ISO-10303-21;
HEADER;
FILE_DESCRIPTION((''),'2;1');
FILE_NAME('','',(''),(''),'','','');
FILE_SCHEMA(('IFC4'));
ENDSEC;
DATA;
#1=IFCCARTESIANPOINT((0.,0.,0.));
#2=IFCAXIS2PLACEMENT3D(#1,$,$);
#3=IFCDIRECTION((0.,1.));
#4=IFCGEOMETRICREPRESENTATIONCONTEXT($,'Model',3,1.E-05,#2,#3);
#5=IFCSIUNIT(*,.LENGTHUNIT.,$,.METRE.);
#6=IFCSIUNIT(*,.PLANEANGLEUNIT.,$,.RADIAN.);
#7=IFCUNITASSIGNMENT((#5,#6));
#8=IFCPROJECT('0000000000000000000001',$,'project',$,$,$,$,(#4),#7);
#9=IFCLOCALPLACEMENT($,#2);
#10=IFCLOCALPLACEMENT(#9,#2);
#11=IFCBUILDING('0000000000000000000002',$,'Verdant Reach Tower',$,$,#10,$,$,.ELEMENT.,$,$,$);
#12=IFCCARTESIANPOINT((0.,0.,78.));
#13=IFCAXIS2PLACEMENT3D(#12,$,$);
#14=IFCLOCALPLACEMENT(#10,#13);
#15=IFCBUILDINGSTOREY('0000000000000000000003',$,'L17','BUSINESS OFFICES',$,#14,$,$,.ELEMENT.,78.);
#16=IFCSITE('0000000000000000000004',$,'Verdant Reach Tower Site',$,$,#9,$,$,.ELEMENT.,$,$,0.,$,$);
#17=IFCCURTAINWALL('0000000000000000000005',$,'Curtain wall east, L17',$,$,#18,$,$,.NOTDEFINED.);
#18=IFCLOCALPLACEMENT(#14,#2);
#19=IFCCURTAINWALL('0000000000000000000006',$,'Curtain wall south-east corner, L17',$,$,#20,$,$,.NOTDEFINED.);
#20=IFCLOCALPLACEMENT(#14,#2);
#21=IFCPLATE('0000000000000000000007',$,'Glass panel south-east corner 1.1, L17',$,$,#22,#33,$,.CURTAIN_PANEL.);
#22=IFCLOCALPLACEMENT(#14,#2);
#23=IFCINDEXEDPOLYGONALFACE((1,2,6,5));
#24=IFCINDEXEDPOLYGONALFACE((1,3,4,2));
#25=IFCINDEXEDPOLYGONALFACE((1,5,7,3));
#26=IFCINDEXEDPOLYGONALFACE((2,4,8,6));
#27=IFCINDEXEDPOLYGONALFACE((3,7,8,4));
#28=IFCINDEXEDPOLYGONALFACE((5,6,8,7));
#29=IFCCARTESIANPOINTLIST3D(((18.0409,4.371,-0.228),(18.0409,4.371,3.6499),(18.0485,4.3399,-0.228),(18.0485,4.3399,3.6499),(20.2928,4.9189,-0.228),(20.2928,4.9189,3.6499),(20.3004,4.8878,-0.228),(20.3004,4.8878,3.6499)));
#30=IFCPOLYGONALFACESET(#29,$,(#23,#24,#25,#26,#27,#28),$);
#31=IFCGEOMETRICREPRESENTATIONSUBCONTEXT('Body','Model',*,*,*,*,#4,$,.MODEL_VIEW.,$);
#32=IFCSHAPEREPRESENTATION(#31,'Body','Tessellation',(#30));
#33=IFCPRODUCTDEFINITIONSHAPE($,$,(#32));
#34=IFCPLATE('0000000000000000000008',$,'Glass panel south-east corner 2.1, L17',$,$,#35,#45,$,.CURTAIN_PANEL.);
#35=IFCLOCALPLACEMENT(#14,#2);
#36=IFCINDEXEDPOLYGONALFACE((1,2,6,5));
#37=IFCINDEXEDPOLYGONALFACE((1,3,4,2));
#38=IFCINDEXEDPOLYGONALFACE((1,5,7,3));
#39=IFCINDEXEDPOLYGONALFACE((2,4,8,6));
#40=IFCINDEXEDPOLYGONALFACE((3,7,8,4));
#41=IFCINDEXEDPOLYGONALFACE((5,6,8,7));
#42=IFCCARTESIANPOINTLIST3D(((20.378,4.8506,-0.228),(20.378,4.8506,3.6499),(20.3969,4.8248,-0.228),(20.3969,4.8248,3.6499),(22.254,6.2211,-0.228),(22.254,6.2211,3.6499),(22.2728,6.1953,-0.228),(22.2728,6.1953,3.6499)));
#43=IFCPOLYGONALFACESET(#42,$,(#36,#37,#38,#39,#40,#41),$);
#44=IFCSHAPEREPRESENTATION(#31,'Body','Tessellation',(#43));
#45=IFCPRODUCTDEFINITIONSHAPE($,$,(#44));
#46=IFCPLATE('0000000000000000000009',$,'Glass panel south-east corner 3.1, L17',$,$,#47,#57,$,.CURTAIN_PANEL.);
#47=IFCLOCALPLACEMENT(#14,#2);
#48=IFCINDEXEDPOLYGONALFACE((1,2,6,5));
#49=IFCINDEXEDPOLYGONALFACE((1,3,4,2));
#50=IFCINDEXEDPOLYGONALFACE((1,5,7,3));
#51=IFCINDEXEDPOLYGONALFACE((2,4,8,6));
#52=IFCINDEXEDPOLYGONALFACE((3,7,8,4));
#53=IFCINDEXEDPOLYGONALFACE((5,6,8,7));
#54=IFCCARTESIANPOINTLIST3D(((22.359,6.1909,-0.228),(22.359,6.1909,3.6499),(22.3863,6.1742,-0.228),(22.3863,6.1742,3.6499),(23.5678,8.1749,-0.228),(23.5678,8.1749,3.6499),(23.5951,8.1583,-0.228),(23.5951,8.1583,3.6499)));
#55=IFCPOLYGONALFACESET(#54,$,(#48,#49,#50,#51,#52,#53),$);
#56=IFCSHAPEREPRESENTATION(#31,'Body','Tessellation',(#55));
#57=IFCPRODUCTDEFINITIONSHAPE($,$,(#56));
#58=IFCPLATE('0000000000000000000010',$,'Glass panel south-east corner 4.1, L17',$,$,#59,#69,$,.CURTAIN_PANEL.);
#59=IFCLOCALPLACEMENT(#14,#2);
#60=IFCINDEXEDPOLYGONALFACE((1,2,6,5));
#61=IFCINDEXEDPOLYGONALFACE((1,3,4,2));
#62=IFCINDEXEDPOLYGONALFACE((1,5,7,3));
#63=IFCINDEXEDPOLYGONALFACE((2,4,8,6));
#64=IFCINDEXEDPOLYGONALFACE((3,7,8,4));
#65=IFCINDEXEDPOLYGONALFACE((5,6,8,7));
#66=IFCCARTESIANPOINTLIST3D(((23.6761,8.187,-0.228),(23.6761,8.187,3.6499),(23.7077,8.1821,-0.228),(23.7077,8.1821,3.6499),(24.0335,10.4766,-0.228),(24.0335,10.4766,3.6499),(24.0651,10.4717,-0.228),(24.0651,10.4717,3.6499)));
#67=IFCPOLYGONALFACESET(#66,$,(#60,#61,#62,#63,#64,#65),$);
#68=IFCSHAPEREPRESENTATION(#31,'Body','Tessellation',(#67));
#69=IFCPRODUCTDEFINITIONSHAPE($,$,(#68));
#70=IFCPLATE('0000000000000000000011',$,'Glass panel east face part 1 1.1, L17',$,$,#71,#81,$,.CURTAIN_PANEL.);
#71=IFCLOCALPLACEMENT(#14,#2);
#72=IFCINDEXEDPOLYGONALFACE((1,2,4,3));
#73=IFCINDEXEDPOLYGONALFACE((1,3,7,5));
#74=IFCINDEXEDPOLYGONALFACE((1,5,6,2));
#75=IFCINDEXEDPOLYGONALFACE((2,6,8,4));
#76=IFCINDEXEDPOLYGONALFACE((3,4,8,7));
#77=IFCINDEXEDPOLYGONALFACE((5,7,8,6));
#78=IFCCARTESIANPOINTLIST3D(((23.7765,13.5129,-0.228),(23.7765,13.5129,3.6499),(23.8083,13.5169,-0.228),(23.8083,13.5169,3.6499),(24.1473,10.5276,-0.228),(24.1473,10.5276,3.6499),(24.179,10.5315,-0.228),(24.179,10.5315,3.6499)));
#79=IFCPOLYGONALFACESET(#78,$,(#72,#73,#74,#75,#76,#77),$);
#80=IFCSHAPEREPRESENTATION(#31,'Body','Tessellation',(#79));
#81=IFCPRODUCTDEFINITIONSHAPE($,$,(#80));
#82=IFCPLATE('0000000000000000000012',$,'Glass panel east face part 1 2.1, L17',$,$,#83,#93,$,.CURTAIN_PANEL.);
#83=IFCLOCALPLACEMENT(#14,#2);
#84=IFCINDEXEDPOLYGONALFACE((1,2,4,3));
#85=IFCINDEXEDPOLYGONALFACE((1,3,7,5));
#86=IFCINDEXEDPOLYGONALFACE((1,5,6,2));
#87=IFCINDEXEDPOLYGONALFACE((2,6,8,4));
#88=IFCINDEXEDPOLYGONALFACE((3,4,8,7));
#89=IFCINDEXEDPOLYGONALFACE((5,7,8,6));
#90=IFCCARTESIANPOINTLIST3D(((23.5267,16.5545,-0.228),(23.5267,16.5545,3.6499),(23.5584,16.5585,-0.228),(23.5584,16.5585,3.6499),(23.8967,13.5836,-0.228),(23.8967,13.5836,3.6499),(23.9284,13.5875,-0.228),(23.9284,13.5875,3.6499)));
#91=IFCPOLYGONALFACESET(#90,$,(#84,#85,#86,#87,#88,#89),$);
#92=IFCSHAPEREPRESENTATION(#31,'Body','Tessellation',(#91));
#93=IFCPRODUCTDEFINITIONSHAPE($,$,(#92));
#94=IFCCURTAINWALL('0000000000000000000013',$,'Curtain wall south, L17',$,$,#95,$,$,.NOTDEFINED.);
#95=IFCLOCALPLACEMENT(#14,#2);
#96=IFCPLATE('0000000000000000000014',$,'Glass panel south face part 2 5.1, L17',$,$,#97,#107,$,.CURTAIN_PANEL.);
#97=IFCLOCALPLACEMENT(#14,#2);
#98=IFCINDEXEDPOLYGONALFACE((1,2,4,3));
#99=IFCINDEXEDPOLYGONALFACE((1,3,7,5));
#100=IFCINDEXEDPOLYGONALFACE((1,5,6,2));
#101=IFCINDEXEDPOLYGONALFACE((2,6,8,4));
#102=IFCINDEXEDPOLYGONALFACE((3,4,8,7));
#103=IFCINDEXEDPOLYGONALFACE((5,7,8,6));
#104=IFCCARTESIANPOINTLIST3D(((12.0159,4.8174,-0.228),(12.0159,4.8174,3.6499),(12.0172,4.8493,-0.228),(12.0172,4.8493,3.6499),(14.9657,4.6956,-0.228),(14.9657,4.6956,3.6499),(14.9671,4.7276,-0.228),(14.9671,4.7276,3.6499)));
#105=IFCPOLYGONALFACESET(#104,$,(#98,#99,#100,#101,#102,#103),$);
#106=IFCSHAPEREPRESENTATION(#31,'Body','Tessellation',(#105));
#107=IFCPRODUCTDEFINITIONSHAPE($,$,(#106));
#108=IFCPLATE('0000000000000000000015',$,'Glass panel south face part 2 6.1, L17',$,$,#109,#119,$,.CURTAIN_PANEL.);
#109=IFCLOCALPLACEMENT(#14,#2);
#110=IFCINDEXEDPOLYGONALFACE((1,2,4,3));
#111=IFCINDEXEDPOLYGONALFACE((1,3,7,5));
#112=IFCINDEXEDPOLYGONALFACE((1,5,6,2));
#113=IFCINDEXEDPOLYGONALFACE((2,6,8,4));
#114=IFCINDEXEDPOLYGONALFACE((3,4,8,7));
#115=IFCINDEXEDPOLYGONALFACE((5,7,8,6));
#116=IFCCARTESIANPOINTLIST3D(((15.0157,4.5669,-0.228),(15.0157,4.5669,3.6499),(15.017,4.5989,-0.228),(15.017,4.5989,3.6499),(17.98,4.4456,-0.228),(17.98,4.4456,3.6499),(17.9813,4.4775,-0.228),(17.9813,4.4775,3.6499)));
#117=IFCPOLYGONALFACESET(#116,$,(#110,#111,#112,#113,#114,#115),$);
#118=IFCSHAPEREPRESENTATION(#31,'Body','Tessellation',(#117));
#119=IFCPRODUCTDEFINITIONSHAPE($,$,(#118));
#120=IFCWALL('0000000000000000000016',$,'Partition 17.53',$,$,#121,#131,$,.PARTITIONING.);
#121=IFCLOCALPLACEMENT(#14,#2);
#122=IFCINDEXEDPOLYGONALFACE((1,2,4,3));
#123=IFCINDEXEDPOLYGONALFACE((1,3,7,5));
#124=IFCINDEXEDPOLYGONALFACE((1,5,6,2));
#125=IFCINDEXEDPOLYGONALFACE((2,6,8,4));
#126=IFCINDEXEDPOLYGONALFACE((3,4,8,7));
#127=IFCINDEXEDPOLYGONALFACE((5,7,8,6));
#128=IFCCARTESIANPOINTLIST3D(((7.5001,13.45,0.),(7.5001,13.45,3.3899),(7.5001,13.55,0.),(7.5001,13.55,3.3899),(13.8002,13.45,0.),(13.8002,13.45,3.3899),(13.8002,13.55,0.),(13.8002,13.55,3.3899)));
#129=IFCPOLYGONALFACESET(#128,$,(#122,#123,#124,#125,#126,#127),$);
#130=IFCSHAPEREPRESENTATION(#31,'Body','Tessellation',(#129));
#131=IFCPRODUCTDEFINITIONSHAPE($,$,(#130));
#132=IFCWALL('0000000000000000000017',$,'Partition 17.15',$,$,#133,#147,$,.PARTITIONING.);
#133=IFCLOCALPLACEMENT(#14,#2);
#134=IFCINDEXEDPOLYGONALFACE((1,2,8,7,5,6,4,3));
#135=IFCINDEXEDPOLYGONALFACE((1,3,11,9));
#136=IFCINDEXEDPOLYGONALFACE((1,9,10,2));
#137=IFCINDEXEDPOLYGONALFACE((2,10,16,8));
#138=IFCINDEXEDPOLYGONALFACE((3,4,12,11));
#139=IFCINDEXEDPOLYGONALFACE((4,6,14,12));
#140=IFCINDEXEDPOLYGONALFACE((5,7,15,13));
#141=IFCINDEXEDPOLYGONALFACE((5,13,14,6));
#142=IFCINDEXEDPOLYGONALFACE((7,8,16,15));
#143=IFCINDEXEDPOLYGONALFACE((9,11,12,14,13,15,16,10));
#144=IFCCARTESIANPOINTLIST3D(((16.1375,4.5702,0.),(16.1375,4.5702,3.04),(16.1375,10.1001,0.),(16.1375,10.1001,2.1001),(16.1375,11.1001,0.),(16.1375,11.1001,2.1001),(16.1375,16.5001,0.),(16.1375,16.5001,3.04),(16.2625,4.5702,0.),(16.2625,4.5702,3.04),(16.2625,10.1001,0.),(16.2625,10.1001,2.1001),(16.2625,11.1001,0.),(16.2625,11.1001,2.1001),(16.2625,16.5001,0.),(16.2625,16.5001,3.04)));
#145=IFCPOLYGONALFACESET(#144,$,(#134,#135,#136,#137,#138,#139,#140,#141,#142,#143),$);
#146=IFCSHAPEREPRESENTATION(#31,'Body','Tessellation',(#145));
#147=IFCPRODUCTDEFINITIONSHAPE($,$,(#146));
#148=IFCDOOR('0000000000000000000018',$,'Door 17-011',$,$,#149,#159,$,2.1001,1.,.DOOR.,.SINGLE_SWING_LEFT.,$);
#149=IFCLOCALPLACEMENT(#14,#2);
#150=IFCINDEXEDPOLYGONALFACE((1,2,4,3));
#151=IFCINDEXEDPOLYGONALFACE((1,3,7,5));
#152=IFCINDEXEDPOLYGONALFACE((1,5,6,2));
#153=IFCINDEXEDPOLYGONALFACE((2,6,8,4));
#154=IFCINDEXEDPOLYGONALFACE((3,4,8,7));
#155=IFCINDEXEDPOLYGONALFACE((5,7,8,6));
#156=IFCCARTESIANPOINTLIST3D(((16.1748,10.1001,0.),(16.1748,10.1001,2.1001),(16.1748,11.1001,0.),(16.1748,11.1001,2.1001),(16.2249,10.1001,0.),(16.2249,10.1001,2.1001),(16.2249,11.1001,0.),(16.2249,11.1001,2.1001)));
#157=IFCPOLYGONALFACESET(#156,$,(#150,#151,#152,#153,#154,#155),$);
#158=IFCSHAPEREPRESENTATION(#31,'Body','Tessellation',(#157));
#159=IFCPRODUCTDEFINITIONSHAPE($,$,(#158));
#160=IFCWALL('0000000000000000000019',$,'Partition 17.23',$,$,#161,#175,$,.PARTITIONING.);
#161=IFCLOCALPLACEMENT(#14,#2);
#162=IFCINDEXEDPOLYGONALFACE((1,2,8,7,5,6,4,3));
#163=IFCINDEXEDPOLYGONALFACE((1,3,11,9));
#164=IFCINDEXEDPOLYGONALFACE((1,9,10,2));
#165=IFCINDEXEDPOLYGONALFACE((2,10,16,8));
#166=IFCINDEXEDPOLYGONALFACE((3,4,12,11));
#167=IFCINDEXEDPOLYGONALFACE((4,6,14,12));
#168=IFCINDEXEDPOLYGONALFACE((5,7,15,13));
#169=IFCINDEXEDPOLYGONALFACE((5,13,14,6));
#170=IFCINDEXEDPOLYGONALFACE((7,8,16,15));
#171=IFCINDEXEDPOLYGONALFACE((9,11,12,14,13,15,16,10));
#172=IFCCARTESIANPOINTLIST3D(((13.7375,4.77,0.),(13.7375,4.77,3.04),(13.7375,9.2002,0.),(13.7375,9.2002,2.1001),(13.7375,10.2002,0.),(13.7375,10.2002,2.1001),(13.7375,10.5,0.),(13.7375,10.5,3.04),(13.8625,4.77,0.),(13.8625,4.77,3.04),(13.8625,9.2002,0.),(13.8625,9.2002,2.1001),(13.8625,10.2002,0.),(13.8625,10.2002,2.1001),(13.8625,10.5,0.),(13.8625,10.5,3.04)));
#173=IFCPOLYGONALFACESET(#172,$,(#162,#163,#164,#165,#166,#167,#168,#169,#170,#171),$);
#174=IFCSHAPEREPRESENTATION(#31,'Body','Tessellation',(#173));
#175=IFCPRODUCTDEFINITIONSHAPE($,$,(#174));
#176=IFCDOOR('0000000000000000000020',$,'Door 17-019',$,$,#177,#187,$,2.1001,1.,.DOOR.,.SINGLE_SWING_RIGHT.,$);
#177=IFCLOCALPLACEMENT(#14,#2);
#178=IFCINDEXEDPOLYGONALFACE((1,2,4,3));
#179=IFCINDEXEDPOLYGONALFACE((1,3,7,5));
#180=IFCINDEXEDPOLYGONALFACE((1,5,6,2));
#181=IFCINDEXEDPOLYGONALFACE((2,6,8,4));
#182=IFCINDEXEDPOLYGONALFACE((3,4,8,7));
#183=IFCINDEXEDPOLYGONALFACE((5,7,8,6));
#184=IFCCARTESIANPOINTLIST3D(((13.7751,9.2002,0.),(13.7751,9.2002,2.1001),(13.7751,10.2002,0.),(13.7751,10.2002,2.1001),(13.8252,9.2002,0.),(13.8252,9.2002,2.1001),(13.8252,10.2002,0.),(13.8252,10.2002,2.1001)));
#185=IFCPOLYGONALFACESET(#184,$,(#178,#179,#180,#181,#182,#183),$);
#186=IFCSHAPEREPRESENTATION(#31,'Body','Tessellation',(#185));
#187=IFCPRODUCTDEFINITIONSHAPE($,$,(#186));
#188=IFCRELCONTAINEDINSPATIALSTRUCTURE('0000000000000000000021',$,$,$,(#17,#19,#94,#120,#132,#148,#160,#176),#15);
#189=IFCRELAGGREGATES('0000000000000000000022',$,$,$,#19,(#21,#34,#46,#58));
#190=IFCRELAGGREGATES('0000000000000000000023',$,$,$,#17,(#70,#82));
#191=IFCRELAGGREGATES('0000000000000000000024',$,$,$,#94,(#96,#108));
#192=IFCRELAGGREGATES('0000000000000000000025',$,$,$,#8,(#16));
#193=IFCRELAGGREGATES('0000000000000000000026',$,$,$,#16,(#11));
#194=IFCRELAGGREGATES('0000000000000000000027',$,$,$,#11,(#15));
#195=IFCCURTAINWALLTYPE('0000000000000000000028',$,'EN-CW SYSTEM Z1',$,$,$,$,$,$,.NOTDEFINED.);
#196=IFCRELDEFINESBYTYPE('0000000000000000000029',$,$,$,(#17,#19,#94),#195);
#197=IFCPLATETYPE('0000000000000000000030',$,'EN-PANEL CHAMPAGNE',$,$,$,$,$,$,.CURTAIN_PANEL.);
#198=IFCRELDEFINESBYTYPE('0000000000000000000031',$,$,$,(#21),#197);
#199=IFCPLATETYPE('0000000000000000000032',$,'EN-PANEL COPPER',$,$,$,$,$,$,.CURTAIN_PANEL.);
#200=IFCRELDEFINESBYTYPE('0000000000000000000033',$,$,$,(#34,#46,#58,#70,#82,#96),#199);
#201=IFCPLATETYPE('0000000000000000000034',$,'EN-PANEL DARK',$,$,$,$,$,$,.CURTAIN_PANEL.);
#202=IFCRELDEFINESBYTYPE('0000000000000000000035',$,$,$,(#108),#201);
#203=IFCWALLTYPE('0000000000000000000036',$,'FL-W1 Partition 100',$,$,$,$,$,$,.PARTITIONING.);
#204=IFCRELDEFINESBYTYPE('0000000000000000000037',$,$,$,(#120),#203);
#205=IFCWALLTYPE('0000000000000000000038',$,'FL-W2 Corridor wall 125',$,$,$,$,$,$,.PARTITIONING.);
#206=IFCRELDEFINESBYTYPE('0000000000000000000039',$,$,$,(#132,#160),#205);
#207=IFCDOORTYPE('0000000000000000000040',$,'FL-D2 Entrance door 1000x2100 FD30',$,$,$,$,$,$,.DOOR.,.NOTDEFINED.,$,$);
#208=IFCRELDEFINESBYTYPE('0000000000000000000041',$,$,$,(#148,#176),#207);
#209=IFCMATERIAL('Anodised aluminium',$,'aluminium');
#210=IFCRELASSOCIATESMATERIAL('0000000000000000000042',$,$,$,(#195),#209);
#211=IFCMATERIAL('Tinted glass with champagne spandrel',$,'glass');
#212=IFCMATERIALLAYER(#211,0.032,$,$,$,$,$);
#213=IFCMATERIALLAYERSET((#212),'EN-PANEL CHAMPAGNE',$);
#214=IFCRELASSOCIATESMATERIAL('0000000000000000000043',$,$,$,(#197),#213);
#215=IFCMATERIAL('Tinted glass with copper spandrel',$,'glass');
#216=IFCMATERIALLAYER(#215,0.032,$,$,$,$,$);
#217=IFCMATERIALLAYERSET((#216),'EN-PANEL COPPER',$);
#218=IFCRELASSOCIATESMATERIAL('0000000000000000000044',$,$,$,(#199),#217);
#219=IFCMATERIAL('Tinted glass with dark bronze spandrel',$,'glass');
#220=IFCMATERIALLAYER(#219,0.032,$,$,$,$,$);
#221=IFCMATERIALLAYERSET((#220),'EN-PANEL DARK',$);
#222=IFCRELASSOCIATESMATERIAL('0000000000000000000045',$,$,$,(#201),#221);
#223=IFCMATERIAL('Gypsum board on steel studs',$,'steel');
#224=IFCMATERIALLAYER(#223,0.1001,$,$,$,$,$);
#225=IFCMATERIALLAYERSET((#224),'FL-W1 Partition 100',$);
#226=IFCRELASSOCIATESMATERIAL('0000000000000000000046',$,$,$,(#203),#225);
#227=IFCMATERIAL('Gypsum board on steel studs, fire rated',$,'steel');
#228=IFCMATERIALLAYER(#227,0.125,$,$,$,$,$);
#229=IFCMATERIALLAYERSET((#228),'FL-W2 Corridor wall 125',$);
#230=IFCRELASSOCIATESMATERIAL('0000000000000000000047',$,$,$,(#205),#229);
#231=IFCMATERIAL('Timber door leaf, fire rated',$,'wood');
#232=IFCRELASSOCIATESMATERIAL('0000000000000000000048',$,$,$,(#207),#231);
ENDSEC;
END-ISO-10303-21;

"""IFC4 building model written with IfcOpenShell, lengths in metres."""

from ifc_helpers import new_model, si_unit, direction, frame, frame_2d, origin, origin_2d, place, context, subcontext, project, spatial, rectangle, extrude, material, layer, layer_set, type_object, element, fill, aggregate, save


model = new_model("IFC4")

# Units and contexts
model_context = context("Model", 3, precision=1e-05, world=origin(), true_north=direction((0.0, 1.0)))
body_context = subcontext(model_context, "Body", "Model", "MODEL_VIEW")
ifc_project = project(units=[si_unit("LENGTHUNIT", "METRE"), si_unit("PLANEANGLEUNIT", "RADIAN")], contexts=[model_context])

# Site, building, storey
site_placement = place(None, origin())
site = spatial("IfcSite", under=ifc_project, at=site_placement, Name="Verdant Reach Tower Site", CompositionType="ELEMENT", RefElevation=0.0)
building_placement = place(site_placement, origin())
building = spatial("IfcBuilding", under=site, at=building_placement, Name="Verdant Reach Tower", CompositionType="ELEMENT")
storey_placement = place(building_placement, frame((0.0, 0.0, 78.0)))
storey = spatial("IfcBuildingStorey", under=building, at=storey_placement, Name="L17", Description="BUSINESS OFFICES", CompositionType="ELEMENT", Elevation=78.0)

# Curtain wall
ifc_material_1 = material(Name="Anodised aluminium", Category="aluminium")
curtain_wall_type = type_object("IfcCurtainWallType", Name="EN-CW SYSTEM Z1", PredefinedType="NOTDEFINED", material=ifc_material_1)
curtain_wall_1_placement = place(storey_placement, origin())
curtain_wall_1 = element("IfcCurtainWall", 1, at=curtain_wall_1_placement, inside=storey, type_object=curtain_wall_type, Name="Curtain wall east, L17", PredefinedType="NOTDEFINED")

# Curtain wall, plates
curtain_wall_2_placement = place(storey_placement, origin())
curtain_wall_2 = element("IfcCurtainWall", 2, at=curtain_wall_2_placement, inside=storey, type_object=curtain_wall_type, Name="Curtain wall south-east corner, L17", PredefinedType="NOTDEFINED")
ifc_material_2 = material(Name="Tinted glass with champagne spandrel", Category="glass")
ifc_layer_1 = layer(ifc_material_2, 0.032)
ifc_layer_set_1 = layer_set([ifc_layer_1], Name="EN-PANEL CHAMPAGNE")
plate_type_1 = type_object("IfcPlateType", Name="EN-PANEL CHAMPAGNE", PredefinedType="CURTAIN_PANEL", material=ifc_layer_set_1)
plate_1_placement = place(storey_placement, frame((19.1707, 4.6294, -0.228), z_axis=(0.0, 0.0, 1.0), x_axis=(0.971661, 0.23638, 0.0)))
plate_1 = element("IfcPlate", 3, at=plate_1_placement, type_object=plate_type_1, Name="Glass panel south-east corner 1.1, L17", PredefinedType="CURTAIN_PANEL", context=body_context, shape_type="SweptSolid", body=[
    extrude(rectangle(XDim=2.3176, YDim=0.032, at=origin_2d()), origin(), (0.0, 0.0, 1.0), 3.8779),
])
ifc_material_3 = material(Name="Tinted glass with copper spandrel", Category="glass")
ifc_layer_2 = layer(ifc_material_3, 0.032)
ifc_layer_set_2 = layer_set([ifc_layer_2], Name="EN-PANEL COPPER")
plate_type_2 = type_object("IfcPlateType", Name="EN-PANEL COPPER", PredefinedType="CURTAIN_PANEL", material=ifc_layer_set_2)
plate_2_placement = place(storey_placement, frame((21.3254, 5.5229, -0.228), z_axis=(0.0, 0.0, 1.0), x_axis=(0.807457, 0.589927, 0.0)))
plate_2 = element("IfcPlate", 4, at=plate_2_placement, type_object=plate_type_2, Name="Glass panel south-east corner 2.1, L17", PredefinedType="CURTAIN_PANEL", context=body_context, shape_type="SweptSolid", body=[
    extrude(rectangle(XDim=2.3232, YDim=0.032, at=origin_2d()), origin(), (0.0, 0.0, 1.0), 3.8779),
])
plate_3_placement = place(storey_placement, frame((22.9771, 7.1746, -0.228), z_axis=(0.0, 0.0, 1.0), x_axis=(0.520292, 0.853989, 0.0)))
plate_3 = element("IfcPlate", 5, at=plate_3_placement, type_object=plate_type_2, Name="Glass panel south-east corner 3.1, L17", PredefinedType="CURTAIN_PANEL", context=body_context, shape_type="SweptSolid", body=[
    extrude(rectangle(XDim=2.3232, YDim=0.032, at=origin_2d()), origin(), (0.0, 0.0, 1.0), 3.8779),
])
plate_4_placement = place(storey_placement, frame((23.8706, 9.3293, -0.228), z_axis=(0.0, 0.0, 1.0), x_axis=(0.154248, 0.988032, 0.0)))
plate_4 = element("IfcPlate", 6, at=plate_4_placement, type_object=plate_type_2, Name="Glass panel south-east corner 4.1, L17", PredefinedType="CURTAIN_PANEL", context=body_context, shape_type="SweptSolid", body=[
    extrude(rectangle(XDim=2.3174, YDim=0.032, at=origin_2d()), origin(), (0.0, 0.0, 1.0), 3.8779),
])
aggregate(curtain_wall_2, [plate_1, plate_2, plate_3, plate_4])

# Plates
plate_5_placement = place(storey_placement, frame((23.9778, 12.0222, -0.228), z_axis=(0.0, 0.0, 1.0), x_axis=(-0.123256, 0.992375, 0.0)))
plate_5 = element("IfcPlate", 7, at=plate_5_placement, type_object=plate_type_2, Name="Glass panel east face part 1 1.1, L17", PredefinedType="CURTAIN_PANEL", context=body_context, shape_type="SweptSolid", body=[
    extrude(rectangle(XDim=3.0083, YDim=0.032, at=origin_2d()), origin(), (0.0, 0.0, 1.0), 3.8779),
])
plate_6_placement = place(storey_placement, frame((23.7275, 15.071, -0.228), z_axis=(0.0, 0.0, 1.0), x_axis=(-0.123579, 0.992335, 0.0)))
plate_6 = element("IfcPlate", 8, at=plate_6_placement, type_object=plate_type_2, Name="Glass panel east face part 1 2.1, L17", PredefinedType="CURTAIN_PANEL", context=body_context, shape_type="SweptSolid", body=[
    extrude(rectangle(XDim=2.9939, YDim=0.032, at=origin_2d()), origin(), (0.0, 0.0, 1.0), 3.8779),
])
aggregate(curtain_wall_1, [plate_5, plate_6])

# Curtain wall, plates
curtain_wall_3_placement = place(storey_placement, origin())
curtain_wall_3 = element("IfcCurtainWall", 9, at=curtain_wall_3_placement, inside=storey, type_object=curtain_wall_type, Name="Curtain wall south, L17", PredefinedType="NOTDEFINED")
plate_7_placement = place(storey_placement, frame((13.4915, 4.7725, -0.228), z_axis=(0.0, 0.0, 1.0), x_axis=(0.999149, -0.041242, 0.0)))
plate_7 = element("IfcPlate", 10, at=plate_7_placement, type_object=plate_type_2, Name="Glass panel south face part 2 5.1, L17", PredefinedType="CURTAIN_PANEL", context=body_context, shape_type="SweptSolid", body=[
    extrude(rectangle(XDim=2.9524, YDim=0.032, at=origin_2d()), origin(), (0.0, 0.0, 1.0), 3.8779),
])
ifc_material_4 = material(Name="Tinted glass with dark bronze spandrel", Category="glass")
ifc_layer_3 = layer(ifc_material_4, 0.032)
ifc_layer_set_3 = layer_set([ifc_layer_3], Name="EN-PANEL DARK")
plate_type_3 = type_object("IfcPlateType", Name="EN-PANEL DARK", PredefinedType="CURTAIN_PANEL", material=ifc_layer_set_3)
plate_8_placement = place(storey_placement, frame((16.4985, 4.5222, -0.228), z_axis=(0.0, 0.0, 1.0), x_axis=(0.999163, -0.04091, 0.0)))
plate_8 = element("IfcPlate", 11, at=plate_8_placement, type_object=plate_type_3, Name="Glass panel south face part 2 6.1, L17", PredefinedType="CURTAIN_PANEL", context=body_context, shape_type="SweptSolid", body=[
    extrude(rectangle(XDim=2.9668, YDim=0.032, at=origin_2d()), origin(), (0.0, 0.0, 1.0), 3.8779),
])
aggregate(curtain_wall_3, [plate_7, plate_8])

# Wall
ifc_material_5 = material(Name="Gypsum board on steel studs", Category="steel")
ifc_layer_4 = layer(ifc_material_5, 0.1001)
ifc_layer_set_4 = layer_set([ifc_layer_4], Name="FL-W1 Partition 100")
wall_type_1 = type_object("IfcWallType", Name="FL-W1 Partition 100", PredefinedType="PARTITIONING", material=ifc_layer_set_4)
wall_1_placement = place(storey_placement, frame((13.8, 13.5, 0.0), z_axis=(0.0, 0.0, 1.0), x_axis=(-1.0, 0.0, 0.0)))
element("IfcWall", 12, at=wall_1_placement, inside=storey, type_object=wall_type_1, Name="Partition 17.53", PredefinedType="PARTITIONING", context=body_context, shape_type="SweptSolid", body=[
    extrude(rectangle(XDim=6.3, YDim=0.1001, at=frame_2d((3.1499, 0.0))), origin(), (0.0, 0.0, 1.0), 3.3899),
])

# Walls, openings, doors
ifc_material_6 = material(Name="Gypsum board on steel studs, fire rated", Category="steel")
ifc_layer_5 = layer(ifc_material_6, 0.125)
ifc_layer_set_5 = layer_set([ifc_layer_5], Name="FL-W2 Corridor wall 125")
wall_type_2 = type_object("IfcWallType", Name="FL-W2 Corridor wall 125", PredefinedType="PARTITIONING", material=ifc_layer_set_5)
wall_2_placement = place(storey_placement, frame((16.2, 16.5, 0.0), z_axis=(0.0, 0.0, 1.0), x_axis=(0.0, -1.0, 0.0)))
wall_2 = element("IfcWall", 13, at=wall_2_placement, inside=storey, type_object=wall_type_2, Name="Partition 17.15", PredefinedType="PARTITIONING", context=body_context, shape_type="SweptSolid", body=[
    extrude(rectangle(XDim=11.9299, YDim=0.125, at=frame_2d((5.9648, 0.0))), origin(), (0.0, 0.0, 1.0), 3.04),
])
opening_1_placement = place(wall_2_placement, frame((5.3999, 0.0, 0.0)))
opening_1 = element("IfcOpeningElement", 14, at=opening_1_placement, cuts=wall_2, PredefinedType="OPENING", context=body_context, shape_type="SweptSolid", body=[
    extrude(rectangle(XDim=1.0, YDim=2.1001, at=frame_2d((0.5, 1.05))), frame((0.0, 0.0725, 0.0), z_axis=(0.0, -1.0, 0.0), x_axis=(1.0, 0.0, 0.0)), (0.0, 0.0, 1.0), 0.145),
])
ifc_material_7 = material(Name="Timber door leaf, fire rated", Category="wood")
door_type = type_object("IfcDoorType", Name="FL-D2 Entrance door 1000x2100 FD30", OperationType="NOTDEFINED", PredefinedType="DOOR", material=ifc_material_7)
door_1_placement = place(opening_1_placement, origin())
door_1 = element("IfcDoor", 15, at=door_1_placement, inside=storey, type_object=door_type, Name="Door 17-011", OperationType="SINGLE_SWING_LEFT", OverallHeight=2.1001, OverallWidth=1.0, PredefinedType="DOOR", context=body_context, shape_type="SweptSolid", body=[
    extrude(rectangle(XDim=1.0, YDim=2.1001, at=frame_2d((0.5, 1.05))), frame((0.0, 0.0249, 0.0), z_axis=(0.0, -1.0, 0.0), x_axis=(1.0, 0.0, 0.0)), (0.0, 0.0, 1.0), 0.05),
])
fill(opening_1, door_1)
wall_3_placement = place(storey_placement, frame((13.8, 4.77, 0.0), z_axis=(0.0, 0.0, 1.0), x_axis=(0.0, 1.0, 0.0)))
wall_3 = element("IfcWall", 16, at=wall_3_placement, inside=storey, type_object=wall_type_2, Name="Partition 17.23", PredefinedType="PARTITIONING", context=body_context, shape_type="SweptSolid", body=[
    extrude(rectangle(XDim=5.73, YDim=0.125, at=frame_2d((2.865, 0.0))), origin(), (0.0, 0.0, 1.0), 3.04),
])
opening_2_placement = place(wall_3_placement, frame((4.4302, 0.0, 0.0)))
opening_2 = element("IfcOpeningElement", 17, at=opening_2_placement, cuts=wall_3, PredefinedType="OPENING", context=body_context, shape_type="SweptSolid", body=[
    extrude(rectangle(XDim=1.0, YDim=2.1001, at=frame_2d((0.5, 1.05))), frame((0.0, 0.0725, 0.0), z_axis=(0.0, -1.0, 0.0), x_axis=(1.0, 0.0, 0.0)), (0.0, 0.0, 1.0), 0.145),
])
door_2_placement = place(opening_2_placement, origin())
door_2 = element("IfcDoor", 18, at=door_2_placement, inside=storey, type_object=door_type, Name="Door 17-019", OperationType="SINGLE_SWING_RIGHT", OverallHeight=2.1001, OverallWidth=1.0, PredefinedType="DOOR", context=body_context, shape_type="SweptSolid", body=[
    extrude(rectangle(XDim=1.0, YDim=2.1001, at=frame_2d((0.5, 1.05))), frame((0.0, 0.0249, 0.0), z_axis=(0.0, -1.0, 0.0), x_axis=(1.0, 0.0, 0.0)), (0.0, 0.0, 1.0), 0.05),
])
fill(opening_2, door_2)

save(model, "model.ifc")
